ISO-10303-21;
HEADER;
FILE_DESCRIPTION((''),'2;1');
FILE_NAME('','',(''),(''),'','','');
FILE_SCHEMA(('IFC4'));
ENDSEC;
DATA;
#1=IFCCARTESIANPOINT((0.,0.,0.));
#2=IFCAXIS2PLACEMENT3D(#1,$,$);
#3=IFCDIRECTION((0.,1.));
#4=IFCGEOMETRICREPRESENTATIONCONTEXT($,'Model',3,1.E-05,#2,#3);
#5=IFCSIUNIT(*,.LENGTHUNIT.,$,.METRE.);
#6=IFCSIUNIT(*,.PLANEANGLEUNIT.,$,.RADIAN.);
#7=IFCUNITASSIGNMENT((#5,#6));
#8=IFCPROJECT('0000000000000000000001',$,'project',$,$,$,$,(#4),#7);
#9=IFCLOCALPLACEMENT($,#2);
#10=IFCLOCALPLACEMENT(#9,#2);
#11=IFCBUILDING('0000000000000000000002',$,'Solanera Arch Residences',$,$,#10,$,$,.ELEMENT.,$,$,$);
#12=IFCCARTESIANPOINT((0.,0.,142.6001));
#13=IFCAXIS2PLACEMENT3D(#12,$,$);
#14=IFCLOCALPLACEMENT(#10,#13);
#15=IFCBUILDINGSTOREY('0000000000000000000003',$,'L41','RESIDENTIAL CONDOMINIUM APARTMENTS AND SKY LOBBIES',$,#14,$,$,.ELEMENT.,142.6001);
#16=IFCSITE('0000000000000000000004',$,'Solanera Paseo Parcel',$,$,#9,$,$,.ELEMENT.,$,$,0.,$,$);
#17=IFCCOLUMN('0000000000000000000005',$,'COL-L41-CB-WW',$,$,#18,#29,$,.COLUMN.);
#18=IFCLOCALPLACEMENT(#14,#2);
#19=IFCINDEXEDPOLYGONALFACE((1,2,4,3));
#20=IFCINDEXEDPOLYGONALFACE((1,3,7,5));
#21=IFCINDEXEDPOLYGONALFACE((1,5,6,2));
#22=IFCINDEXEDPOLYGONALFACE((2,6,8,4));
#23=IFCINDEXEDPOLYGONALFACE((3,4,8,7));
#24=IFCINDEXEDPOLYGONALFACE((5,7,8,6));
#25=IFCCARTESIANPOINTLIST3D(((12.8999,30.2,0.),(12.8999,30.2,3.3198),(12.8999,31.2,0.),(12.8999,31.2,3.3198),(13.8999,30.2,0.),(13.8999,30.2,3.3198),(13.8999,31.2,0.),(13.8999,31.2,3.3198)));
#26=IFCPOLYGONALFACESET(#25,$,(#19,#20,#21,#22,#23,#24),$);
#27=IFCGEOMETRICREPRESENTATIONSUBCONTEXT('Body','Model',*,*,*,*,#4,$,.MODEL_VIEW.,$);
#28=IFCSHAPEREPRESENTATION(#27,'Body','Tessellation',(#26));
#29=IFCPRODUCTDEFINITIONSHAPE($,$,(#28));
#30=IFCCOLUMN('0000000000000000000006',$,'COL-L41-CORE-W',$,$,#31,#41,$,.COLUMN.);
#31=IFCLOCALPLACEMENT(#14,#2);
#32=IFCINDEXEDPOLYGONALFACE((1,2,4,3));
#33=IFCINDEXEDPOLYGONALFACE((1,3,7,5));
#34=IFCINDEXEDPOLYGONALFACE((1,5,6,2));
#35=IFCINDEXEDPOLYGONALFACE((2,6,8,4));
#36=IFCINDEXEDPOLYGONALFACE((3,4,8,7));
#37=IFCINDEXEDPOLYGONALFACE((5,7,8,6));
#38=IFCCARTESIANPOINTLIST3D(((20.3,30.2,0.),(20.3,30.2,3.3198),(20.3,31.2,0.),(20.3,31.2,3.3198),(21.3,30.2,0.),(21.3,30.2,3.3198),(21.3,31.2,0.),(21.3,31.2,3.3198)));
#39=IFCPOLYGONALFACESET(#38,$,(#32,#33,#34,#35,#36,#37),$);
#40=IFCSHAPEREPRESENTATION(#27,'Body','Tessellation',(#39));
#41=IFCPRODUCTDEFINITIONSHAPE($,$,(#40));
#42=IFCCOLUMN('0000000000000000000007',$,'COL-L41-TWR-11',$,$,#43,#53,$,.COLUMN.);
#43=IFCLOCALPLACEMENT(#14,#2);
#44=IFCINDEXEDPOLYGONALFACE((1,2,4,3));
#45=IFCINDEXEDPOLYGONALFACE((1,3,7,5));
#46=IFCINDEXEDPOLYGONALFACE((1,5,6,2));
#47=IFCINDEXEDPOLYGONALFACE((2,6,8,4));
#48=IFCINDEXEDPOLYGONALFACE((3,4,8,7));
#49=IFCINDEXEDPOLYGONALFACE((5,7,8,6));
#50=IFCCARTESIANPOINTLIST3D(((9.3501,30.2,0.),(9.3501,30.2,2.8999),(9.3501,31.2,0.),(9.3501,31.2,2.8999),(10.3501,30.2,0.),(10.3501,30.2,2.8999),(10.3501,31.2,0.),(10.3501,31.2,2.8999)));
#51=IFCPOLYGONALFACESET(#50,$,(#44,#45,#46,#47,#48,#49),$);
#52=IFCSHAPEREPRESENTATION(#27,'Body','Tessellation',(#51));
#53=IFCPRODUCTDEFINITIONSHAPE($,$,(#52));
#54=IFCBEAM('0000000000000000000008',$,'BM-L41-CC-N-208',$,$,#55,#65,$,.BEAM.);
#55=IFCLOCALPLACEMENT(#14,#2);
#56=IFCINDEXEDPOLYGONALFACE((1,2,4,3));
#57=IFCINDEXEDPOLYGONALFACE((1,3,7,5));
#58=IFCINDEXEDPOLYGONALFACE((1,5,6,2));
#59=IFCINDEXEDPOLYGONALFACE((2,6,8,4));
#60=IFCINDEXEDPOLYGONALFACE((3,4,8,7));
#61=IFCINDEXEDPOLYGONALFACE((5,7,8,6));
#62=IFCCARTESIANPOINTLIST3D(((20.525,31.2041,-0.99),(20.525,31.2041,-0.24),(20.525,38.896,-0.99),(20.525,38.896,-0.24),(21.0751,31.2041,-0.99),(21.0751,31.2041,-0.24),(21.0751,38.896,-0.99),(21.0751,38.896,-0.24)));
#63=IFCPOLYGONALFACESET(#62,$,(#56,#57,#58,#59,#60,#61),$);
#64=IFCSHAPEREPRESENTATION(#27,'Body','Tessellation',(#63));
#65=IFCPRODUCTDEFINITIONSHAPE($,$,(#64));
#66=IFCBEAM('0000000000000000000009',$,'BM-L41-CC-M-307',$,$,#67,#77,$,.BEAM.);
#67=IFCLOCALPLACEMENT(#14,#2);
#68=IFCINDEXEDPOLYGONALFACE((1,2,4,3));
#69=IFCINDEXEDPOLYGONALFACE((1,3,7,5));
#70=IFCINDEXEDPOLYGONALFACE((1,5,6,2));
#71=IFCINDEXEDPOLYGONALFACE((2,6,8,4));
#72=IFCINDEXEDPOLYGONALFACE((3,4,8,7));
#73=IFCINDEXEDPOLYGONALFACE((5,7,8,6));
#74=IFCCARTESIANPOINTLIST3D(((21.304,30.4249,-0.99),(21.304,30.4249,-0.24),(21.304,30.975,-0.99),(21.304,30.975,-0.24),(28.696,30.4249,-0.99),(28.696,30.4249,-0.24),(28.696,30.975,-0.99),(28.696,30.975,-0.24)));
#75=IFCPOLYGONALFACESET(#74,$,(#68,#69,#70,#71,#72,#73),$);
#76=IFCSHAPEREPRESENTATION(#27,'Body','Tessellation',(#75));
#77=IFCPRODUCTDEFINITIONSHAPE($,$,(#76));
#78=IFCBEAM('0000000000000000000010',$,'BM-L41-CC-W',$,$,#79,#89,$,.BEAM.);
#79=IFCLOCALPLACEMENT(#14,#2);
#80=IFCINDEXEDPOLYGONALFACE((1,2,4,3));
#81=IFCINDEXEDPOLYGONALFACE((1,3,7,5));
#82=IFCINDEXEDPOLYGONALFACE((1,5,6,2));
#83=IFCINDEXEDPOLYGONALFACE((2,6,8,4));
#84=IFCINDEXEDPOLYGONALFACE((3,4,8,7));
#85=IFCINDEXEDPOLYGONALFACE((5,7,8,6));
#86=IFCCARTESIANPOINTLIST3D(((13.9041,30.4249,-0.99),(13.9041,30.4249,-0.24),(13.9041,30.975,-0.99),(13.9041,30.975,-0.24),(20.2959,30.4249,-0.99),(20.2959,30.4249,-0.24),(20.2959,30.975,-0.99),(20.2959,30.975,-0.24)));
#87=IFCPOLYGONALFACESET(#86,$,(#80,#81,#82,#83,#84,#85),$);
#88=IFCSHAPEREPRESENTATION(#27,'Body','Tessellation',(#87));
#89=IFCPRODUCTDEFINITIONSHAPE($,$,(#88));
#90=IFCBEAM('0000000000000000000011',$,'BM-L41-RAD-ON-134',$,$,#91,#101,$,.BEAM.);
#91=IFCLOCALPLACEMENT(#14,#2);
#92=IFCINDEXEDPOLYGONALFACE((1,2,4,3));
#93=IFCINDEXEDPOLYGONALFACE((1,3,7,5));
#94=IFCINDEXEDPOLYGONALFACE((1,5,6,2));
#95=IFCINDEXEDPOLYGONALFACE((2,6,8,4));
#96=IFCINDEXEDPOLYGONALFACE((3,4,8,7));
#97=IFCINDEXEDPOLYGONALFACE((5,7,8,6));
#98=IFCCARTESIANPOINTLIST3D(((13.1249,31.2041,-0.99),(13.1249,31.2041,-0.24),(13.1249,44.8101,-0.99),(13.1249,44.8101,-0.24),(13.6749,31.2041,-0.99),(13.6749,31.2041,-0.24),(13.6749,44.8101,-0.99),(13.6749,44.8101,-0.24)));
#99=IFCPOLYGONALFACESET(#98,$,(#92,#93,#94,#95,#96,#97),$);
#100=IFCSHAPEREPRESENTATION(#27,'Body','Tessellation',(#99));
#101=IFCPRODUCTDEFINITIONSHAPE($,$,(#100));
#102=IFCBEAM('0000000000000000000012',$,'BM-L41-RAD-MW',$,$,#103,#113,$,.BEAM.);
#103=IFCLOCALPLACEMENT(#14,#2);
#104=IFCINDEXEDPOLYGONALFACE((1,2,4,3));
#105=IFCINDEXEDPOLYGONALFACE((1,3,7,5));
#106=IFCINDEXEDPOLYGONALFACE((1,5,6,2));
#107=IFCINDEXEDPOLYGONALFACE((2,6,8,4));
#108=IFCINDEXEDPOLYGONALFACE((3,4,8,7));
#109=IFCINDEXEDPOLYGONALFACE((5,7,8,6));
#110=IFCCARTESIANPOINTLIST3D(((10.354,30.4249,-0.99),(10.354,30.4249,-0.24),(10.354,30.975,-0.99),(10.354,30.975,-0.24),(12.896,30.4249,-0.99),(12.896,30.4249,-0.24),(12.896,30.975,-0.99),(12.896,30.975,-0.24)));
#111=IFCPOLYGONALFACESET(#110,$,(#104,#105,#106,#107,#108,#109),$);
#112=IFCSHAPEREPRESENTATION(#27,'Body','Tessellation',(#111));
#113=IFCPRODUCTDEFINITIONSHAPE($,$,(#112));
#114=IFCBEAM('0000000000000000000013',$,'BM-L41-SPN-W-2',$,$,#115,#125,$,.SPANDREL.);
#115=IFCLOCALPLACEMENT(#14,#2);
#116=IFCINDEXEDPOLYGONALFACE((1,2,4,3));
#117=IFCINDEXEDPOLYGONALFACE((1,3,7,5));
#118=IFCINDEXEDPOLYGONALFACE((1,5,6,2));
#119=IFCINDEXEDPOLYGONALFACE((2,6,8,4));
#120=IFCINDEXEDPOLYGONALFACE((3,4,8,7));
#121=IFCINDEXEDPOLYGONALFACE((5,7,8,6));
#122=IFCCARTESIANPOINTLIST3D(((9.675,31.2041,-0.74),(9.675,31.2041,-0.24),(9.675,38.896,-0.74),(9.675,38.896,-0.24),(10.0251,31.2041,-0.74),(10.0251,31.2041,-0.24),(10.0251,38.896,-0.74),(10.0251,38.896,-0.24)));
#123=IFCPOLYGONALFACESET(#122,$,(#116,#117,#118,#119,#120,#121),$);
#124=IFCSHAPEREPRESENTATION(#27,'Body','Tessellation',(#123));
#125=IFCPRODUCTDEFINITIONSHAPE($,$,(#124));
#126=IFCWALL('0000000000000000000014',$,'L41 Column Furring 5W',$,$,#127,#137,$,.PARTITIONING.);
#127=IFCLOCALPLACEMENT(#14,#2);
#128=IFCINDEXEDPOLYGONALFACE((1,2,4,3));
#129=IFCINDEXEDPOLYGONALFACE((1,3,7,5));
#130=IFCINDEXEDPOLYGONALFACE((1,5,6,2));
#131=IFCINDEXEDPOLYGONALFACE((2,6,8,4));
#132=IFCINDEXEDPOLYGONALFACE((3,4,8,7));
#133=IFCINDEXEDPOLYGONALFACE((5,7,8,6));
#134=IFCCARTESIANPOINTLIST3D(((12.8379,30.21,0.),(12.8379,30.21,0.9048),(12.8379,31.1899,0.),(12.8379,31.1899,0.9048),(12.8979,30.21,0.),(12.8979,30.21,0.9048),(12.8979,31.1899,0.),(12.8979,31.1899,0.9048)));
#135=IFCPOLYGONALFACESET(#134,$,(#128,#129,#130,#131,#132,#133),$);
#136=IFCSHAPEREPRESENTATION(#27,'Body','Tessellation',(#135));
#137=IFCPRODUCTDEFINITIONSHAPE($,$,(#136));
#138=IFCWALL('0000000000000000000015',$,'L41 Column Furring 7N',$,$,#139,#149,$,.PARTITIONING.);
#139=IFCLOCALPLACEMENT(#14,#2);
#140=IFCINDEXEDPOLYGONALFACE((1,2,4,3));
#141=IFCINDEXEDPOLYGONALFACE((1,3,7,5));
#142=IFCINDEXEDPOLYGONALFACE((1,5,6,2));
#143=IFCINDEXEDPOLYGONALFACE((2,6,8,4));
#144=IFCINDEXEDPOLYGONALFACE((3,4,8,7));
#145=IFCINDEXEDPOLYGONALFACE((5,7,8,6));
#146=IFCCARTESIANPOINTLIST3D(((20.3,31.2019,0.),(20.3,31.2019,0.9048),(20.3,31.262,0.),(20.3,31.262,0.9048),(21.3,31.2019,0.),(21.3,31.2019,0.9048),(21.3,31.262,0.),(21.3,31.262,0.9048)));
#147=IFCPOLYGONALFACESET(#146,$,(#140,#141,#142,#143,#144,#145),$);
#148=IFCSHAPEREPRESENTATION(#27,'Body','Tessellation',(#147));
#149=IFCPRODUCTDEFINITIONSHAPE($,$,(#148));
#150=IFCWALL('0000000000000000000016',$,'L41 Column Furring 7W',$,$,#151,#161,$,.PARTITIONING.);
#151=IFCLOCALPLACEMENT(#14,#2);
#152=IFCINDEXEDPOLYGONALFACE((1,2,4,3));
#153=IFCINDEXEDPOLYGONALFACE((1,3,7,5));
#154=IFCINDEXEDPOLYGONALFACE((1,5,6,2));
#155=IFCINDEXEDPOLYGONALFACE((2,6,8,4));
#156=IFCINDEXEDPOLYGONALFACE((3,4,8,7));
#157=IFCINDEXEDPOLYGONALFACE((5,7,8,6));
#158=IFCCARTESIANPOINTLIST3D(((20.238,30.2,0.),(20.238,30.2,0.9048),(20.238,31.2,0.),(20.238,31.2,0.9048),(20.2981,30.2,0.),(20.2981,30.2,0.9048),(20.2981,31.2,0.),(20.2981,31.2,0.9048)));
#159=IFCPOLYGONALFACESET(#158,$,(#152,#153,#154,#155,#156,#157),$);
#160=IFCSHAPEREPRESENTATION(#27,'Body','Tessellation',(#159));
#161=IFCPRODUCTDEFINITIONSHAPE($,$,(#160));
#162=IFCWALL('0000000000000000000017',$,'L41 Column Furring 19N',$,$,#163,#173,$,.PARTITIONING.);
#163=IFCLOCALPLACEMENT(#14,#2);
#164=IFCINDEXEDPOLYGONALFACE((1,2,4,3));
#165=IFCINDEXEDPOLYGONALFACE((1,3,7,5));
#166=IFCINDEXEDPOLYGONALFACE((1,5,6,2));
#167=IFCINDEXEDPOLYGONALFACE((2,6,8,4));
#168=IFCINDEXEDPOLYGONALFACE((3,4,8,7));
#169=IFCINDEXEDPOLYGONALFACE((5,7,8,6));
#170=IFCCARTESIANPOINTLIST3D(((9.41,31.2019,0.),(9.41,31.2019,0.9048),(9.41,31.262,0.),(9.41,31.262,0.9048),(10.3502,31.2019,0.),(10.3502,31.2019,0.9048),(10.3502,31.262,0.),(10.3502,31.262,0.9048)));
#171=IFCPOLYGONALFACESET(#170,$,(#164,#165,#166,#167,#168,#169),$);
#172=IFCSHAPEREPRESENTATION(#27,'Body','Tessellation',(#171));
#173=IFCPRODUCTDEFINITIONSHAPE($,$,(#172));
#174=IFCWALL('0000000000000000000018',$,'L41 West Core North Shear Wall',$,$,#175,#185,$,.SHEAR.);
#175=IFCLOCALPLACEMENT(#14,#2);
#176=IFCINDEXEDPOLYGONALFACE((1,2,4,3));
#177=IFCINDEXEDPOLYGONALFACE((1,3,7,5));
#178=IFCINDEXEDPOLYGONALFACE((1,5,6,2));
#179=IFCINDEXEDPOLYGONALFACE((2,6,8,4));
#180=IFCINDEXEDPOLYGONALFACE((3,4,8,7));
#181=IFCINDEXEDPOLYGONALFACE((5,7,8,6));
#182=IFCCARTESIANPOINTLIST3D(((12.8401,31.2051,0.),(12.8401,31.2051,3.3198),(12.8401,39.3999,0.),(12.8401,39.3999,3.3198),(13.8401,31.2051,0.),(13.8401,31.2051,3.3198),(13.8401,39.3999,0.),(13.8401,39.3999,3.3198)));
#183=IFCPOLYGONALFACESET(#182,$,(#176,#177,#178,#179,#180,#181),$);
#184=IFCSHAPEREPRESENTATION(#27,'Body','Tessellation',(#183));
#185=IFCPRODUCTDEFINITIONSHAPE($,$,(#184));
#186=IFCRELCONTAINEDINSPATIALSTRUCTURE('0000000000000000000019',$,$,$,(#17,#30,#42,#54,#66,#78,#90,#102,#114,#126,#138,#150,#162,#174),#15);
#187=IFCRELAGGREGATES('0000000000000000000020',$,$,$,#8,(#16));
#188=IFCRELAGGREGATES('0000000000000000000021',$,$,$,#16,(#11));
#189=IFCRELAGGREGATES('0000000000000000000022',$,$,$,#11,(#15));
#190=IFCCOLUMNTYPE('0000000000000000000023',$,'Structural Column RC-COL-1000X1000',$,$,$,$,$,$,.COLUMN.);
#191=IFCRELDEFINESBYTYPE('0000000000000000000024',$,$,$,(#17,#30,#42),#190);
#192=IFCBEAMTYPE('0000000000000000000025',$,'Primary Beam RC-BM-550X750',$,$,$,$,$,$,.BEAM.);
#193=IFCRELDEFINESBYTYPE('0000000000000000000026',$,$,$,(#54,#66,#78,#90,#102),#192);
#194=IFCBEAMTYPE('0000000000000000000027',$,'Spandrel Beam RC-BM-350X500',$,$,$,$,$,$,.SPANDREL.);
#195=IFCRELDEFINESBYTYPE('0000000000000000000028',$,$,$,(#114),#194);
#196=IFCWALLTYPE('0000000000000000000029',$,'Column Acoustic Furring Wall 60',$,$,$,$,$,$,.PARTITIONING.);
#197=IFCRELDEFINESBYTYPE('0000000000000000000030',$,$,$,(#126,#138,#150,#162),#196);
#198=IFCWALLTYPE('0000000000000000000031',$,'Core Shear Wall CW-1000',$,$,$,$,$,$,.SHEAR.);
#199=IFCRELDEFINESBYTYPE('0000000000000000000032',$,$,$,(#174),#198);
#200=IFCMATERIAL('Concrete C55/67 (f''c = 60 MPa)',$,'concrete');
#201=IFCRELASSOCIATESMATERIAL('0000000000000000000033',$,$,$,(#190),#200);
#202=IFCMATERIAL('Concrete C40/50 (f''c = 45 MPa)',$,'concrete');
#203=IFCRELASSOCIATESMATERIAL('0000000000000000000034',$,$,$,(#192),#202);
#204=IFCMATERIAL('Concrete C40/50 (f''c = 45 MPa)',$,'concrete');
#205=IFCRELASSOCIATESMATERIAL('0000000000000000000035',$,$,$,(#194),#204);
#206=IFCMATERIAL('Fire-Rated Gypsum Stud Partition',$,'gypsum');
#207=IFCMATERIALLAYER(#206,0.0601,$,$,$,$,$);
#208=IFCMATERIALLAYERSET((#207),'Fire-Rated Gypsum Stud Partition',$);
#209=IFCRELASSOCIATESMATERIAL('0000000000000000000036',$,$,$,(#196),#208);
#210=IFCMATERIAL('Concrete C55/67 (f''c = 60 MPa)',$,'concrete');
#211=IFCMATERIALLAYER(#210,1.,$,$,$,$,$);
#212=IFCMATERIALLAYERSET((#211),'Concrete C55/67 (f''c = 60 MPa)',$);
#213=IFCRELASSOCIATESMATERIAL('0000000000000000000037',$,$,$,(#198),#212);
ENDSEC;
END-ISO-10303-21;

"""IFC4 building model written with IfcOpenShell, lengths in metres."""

from ifc_helpers import new_model, si_unit, direction, frame, frame_2d, origin, origin_2d, place, context, subcontext, project, spatial, rectangle, extrude, material, layer, layer_set, material_profile, profile_set, type_object, element, save


model = new_model("IFC4")

# Units and contexts
model_context = context("Model", 3, precision=1e-05, world=origin(), true_north=direction((0.0, 1.0)))
body_context = subcontext(model_context, "Body", "Model", "MODEL_VIEW")
ifc_project = project(units=[si_unit("LENGTHUNIT", "METRE"), si_unit("PLANEANGLEUNIT", "RADIAN")], contexts=[model_context])

# Site, building, storey
site_placement = place(None, origin())
site = spatial("IfcSite", under=ifc_project, at=site_placement, Name="Solanera Paseo Parcel", CompositionType="ELEMENT", RefElevation=0.0)
building_placement = place(site_placement, origin())
building = spatial("IfcBuilding", under=site, at=building_placement, Name="Solanera Arch Residences", CompositionType="ELEMENT")
storey_placement = place(building_placement, frame((0.0, 0.0, 142.6001)))
storey = spatial("IfcBuildingStorey", under=building, at=storey_placement, Name="L41", Description="RESIDENTIAL CONDOMINIUM APARTMENTS AND SKY LOBBIES", CompositionType="ELEMENT", Elevation=142.6001)

# Columns
ifc_material_1 = material(Name="Concrete C55/67 (f'c = 60 MPa)", Category="concrete")
ifc_material_profile_1 = material_profile(ifc_material_1, rectangle(XDim=1.0, YDim=1.0, at=origin_2d()))
ifc_profile_set_1 = profile_set([ifc_material_profile_1], Name="Concrete C55/67 (f'c = 60 MPa)")
column_type = type_object("IfcColumnType", Name="Structural Column RC-COL-1000X1000", PredefinedType="COLUMN", material=ifc_profile_set_1)
for number, where, z_axis, x_axis, name in (
    (1, (13.3999, 30.7, 0.0), (0.0, 0.0, 1.0), (1.0, 0.0, 0.0), "COL-L41-CB-WW"),
    (2, (20.8, 30.7, 0.0), (0.0, 0.0, 1.0), (1.0, 0.0, 0.0), "COL-L41-CORE-W"),
):
    element("IfcColumn", number, at=place(storey_placement, frame(where, z_axis=z_axis, x_axis=x_axis)), inside=storey, type_object=column_type, Name=name, PredefinedType="COLUMN", context=body_context, shape_type="SweptSolid", body=[
        extrude(rectangle(XDim=1.0, YDim=1.0, at=origin_2d()), origin(), (0.0, 0.0, 1.0), 3.3198),
    ])
column_placement = place(storey_placement, frame((9.8501, 30.7, 0.0), z_axis=(0.0, 0.0, 1.0), x_axis=(1.0, 0.0, 0.0)))
element("IfcColumn", 3, at=column_placement, inside=storey, type_object=column_type, Name="COL-L41-TWR-11", PredefinedType="COLUMN", context=body_context, shape_type="SweptSolid", body=[
    extrude(rectangle(XDim=1.0, YDim=1.0, at=origin_2d()), origin(), (0.0, 0.0, 1.0), 2.8999),
])

# Beams
ifc_material_2 = material(Name="Concrete C40/50 (f'c = 45 MPa)", Category="concrete")
ifc_material_profile_2 = material_profile(ifc_material_2, rectangle(XDim=0.55, YDim=0.75, at=origin_2d()))
ifc_profile_set_2 = profile_set([ifc_material_profile_2], Name="Concrete C40/50 (f'c = 45 MPa)")
beam_type_1 = type_object("IfcBeamType", Name="Primary Beam RC-BM-550X750", PredefinedType="BEAM", material=ifc_profile_set_2)
beam_1_placement = place(storey_placement, frame((20.8, 31.2041, -0.615), z_axis=(0.0, 1.0, 0.0), x_axis=(-1.0, 0.0, 0.0)))
element("IfcBeam", 4, at=beam_1_placement, inside=storey, type_object=beam_type_1, Name="BM-L41-CC-N-208", PredefinedType="BEAM", context=body_context, shape_type="SweptSolid", body=[
    extrude(rectangle(XDim=0.55, YDim=0.75, at=origin_2d()), origin(), (0.0, 0.0, 1.0), 7.6919),
])
beam_2_placement = place(storey_placement, frame((21.304, 30.7, -0.615), z_axis=(1.0, 0.0, 0.0), x_axis=(0.0, 1.0, 0.0)))
element("IfcBeam", 5, at=beam_2_placement, inside=storey, type_object=beam_type_1, Name="BM-L41-CC-M-307", PredefinedType="BEAM", context=body_context, shape_type="SweptSolid", body=[
    extrude(rectangle(XDim=0.55, YDim=0.75, at=origin_2d()), origin(), (0.0, 0.0, 1.0), 7.3921),
])
beam_3_placement = place(storey_placement, frame((13.9041, 30.7, -0.615), z_axis=(1.0, 0.0, 0.0), x_axis=(0.0, 1.0, 0.0)))
element("IfcBeam", 6, at=beam_3_placement, inside=storey, type_object=beam_type_1, Name="BM-L41-CC-W", PredefinedType="BEAM", context=body_context, shape_type="SweptSolid", body=[
    extrude(rectangle(XDim=0.55, YDim=0.75, at=origin_2d()), origin(), (0.0, 0.0, 1.0), 6.3918),
])
beam_4_placement = place(storey_placement, frame((13.3999, 31.2041, -0.615), z_axis=(0.0, 1.0, 0.0), x_axis=(-1.0, 0.0, 0.0)))
element("IfcBeam", 7, at=beam_4_placement, inside=storey, type_object=beam_type_1, Name="BM-L41-RAD-ON-134", PredefinedType="BEAM", context=body_context, shape_type="SweptSolid", body=[
    extrude(rectangle(XDim=0.55, YDim=0.75, at=origin_2d()), origin(), (0.0, 0.0, 1.0), 13.606),
])
beam_5_placement = place(storey_placement, frame((10.354, 30.7, -0.615), z_axis=(1.0, 0.0, 0.0), x_axis=(0.0, 1.0, 0.0)))
element("IfcBeam", 8, at=beam_5_placement, inside=storey, type_object=beam_type_1, Name="BM-L41-RAD-MW", PredefinedType="BEAM", context=body_context, shape_type="SweptSolid", body=[
    extrude(rectangle(XDim=0.55, YDim=0.75, at=origin_2d()), origin(), (0.0, 0.0, 1.0), 2.542),
])
ifc_material_3 = material(Name="Concrete C40/50 (f'c = 45 MPa)", Category="concrete")
ifc_material_profile_3 = material_profile(ifc_material_3, rectangle(XDim=0.3501, YDim=0.5, at=origin_2d()))
ifc_profile_set_3 = profile_set([ifc_material_profile_3], Name="Concrete C40/50 (f'c = 45 MPa)")
beam_type_2 = type_object("IfcBeamType", Name="Spandrel Beam RC-BM-350X500", PredefinedType="SPANDREL", material=ifc_profile_set_3)
beam_6_placement = place(storey_placement, frame((9.8501, 31.2041, -0.49), z_axis=(0.0, 1.0, 0.0), x_axis=(-1.0, 0.0, 0.0)))
element("IfcBeam", 9, at=beam_6_placement, inside=storey, type_object=beam_type_2, Name="BM-L41-SPN-W-2", PredefinedType="SPANDREL", context=body_context, shape_type="SweptSolid", body=[
    extrude(rectangle(XDim=0.3501, YDim=0.5, at=origin_2d()), origin(), (0.0, 0.0, 1.0), 7.6919),
])

# Walls
ifc_material_4 = material(Name="Fire-Rated Gypsum Stud Partition", Category="gypsum")
ifc_layer_1 = layer(ifc_material_4, 0.0601)
ifc_layer_set_1 = layer_set([ifc_layer_1], Name="Fire-Rated Gypsum Stud Partition")
wall_type_1 = type_object("IfcWallType", Name="Column Acoustic Furring Wall 60", PredefinedType="PARTITIONING", material=ifc_layer_set_1)
wall_1_placement = place(storey_placement, frame((12.8679, 30.21, 0.0), z_axis=(0.0, 0.0, 1.0), x_axis=(0.0, 1.0, 0.0)))
element("IfcWall", 10, at=wall_1_placement, inside=storey, type_object=wall_type_1, Name="L41 Column Furring 5W", PredefinedType="PARTITIONING", context=body_context, shape_type="SweptSolid", body=[
    extrude(rectangle(XDim=0.98, YDim=0.0601, at=frame_2d((0.49, 0.0))), origin(), (0.0, 0.0, 1.0), 0.9048),
])
for number, where, z_axis, x_axis, name in (
    (11, (20.3, 31.2319, 0.0), (0.0, 0.0, 1.0), (1.0, 0.0, 0.0), "L41 Column Furring 7N"),
    (12, (20.2681, 30.2, 0.0), (0.0, 0.0, 1.0), (0.0, 1.0, 0.0), "L41 Column Furring 7W"),
):
    element("IfcWall", number, at=place(storey_placement, frame(where, z_axis=z_axis, x_axis=x_axis)), inside=storey, type_object=wall_type_1, Name=name, PredefinedType="PARTITIONING", context=body_context, shape_type="SweptSolid", body=[
        extrude(rectangle(XDim=1.0, YDim=0.0601, at=frame_2d((0.5, 0.0))), origin(), (0.0, 0.0, 1.0), 0.9048),
    ])
wall_2_placement = place(storey_placement, frame((9.4099, 31.2319, 0.0), z_axis=(0.0, 0.0, 1.0), x_axis=(1.0, 0.0, 0.0)))
element("IfcWall", 13, at=wall_2_placement, inside=storey, type_object=wall_type_1, Name="L41 Column Furring 19N", PredefinedType="PARTITIONING", context=body_context, shape_type="SweptSolid", body=[
    extrude(rectangle(XDim=0.9402, YDim=0.0601, at=frame_2d((0.4702, 0.0))), origin(), (0.0, 0.0, 1.0), 0.9048),
])
ifc_material_5 = material(Name="Concrete C55/67 (f'c = 60 MPa)", Category="concrete")
ifc_layer_2 = layer(ifc_material_5, 1.0)
ifc_layer_set_2 = layer_set([ifc_layer_2], Name="Concrete C55/67 (f'c = 60 MPa)")
wall_type_2 = type_object("IfcWallType", Name="Core Shear Wall CW-1000", PredefinedType="SHEAR", material=ifc_layer_set_2)
wall_3_placement = place(storey_placement, frame((13.3401, 31.2051, 0.0), z_axis=(0.0, 0.0, 1.0), x_axis=(0.0, 1.0, 0.0)))
element("IfcWall", 14, at=wall_3_placement, inside=storey, type_object=wall_type_2, Name="L41 West Core North Shear Wall", PredefinedType="SHEAR", context=body_context, shape_type="SweptSolid", body=[
    extrude(rectangle(XDim=8.1948, YDim=1.0, at=frame_2d((4.0974, 0.0))), origin(), (0.0, 0.0, 1.0), 3.3198),
])

save(model, "model.ifc")
